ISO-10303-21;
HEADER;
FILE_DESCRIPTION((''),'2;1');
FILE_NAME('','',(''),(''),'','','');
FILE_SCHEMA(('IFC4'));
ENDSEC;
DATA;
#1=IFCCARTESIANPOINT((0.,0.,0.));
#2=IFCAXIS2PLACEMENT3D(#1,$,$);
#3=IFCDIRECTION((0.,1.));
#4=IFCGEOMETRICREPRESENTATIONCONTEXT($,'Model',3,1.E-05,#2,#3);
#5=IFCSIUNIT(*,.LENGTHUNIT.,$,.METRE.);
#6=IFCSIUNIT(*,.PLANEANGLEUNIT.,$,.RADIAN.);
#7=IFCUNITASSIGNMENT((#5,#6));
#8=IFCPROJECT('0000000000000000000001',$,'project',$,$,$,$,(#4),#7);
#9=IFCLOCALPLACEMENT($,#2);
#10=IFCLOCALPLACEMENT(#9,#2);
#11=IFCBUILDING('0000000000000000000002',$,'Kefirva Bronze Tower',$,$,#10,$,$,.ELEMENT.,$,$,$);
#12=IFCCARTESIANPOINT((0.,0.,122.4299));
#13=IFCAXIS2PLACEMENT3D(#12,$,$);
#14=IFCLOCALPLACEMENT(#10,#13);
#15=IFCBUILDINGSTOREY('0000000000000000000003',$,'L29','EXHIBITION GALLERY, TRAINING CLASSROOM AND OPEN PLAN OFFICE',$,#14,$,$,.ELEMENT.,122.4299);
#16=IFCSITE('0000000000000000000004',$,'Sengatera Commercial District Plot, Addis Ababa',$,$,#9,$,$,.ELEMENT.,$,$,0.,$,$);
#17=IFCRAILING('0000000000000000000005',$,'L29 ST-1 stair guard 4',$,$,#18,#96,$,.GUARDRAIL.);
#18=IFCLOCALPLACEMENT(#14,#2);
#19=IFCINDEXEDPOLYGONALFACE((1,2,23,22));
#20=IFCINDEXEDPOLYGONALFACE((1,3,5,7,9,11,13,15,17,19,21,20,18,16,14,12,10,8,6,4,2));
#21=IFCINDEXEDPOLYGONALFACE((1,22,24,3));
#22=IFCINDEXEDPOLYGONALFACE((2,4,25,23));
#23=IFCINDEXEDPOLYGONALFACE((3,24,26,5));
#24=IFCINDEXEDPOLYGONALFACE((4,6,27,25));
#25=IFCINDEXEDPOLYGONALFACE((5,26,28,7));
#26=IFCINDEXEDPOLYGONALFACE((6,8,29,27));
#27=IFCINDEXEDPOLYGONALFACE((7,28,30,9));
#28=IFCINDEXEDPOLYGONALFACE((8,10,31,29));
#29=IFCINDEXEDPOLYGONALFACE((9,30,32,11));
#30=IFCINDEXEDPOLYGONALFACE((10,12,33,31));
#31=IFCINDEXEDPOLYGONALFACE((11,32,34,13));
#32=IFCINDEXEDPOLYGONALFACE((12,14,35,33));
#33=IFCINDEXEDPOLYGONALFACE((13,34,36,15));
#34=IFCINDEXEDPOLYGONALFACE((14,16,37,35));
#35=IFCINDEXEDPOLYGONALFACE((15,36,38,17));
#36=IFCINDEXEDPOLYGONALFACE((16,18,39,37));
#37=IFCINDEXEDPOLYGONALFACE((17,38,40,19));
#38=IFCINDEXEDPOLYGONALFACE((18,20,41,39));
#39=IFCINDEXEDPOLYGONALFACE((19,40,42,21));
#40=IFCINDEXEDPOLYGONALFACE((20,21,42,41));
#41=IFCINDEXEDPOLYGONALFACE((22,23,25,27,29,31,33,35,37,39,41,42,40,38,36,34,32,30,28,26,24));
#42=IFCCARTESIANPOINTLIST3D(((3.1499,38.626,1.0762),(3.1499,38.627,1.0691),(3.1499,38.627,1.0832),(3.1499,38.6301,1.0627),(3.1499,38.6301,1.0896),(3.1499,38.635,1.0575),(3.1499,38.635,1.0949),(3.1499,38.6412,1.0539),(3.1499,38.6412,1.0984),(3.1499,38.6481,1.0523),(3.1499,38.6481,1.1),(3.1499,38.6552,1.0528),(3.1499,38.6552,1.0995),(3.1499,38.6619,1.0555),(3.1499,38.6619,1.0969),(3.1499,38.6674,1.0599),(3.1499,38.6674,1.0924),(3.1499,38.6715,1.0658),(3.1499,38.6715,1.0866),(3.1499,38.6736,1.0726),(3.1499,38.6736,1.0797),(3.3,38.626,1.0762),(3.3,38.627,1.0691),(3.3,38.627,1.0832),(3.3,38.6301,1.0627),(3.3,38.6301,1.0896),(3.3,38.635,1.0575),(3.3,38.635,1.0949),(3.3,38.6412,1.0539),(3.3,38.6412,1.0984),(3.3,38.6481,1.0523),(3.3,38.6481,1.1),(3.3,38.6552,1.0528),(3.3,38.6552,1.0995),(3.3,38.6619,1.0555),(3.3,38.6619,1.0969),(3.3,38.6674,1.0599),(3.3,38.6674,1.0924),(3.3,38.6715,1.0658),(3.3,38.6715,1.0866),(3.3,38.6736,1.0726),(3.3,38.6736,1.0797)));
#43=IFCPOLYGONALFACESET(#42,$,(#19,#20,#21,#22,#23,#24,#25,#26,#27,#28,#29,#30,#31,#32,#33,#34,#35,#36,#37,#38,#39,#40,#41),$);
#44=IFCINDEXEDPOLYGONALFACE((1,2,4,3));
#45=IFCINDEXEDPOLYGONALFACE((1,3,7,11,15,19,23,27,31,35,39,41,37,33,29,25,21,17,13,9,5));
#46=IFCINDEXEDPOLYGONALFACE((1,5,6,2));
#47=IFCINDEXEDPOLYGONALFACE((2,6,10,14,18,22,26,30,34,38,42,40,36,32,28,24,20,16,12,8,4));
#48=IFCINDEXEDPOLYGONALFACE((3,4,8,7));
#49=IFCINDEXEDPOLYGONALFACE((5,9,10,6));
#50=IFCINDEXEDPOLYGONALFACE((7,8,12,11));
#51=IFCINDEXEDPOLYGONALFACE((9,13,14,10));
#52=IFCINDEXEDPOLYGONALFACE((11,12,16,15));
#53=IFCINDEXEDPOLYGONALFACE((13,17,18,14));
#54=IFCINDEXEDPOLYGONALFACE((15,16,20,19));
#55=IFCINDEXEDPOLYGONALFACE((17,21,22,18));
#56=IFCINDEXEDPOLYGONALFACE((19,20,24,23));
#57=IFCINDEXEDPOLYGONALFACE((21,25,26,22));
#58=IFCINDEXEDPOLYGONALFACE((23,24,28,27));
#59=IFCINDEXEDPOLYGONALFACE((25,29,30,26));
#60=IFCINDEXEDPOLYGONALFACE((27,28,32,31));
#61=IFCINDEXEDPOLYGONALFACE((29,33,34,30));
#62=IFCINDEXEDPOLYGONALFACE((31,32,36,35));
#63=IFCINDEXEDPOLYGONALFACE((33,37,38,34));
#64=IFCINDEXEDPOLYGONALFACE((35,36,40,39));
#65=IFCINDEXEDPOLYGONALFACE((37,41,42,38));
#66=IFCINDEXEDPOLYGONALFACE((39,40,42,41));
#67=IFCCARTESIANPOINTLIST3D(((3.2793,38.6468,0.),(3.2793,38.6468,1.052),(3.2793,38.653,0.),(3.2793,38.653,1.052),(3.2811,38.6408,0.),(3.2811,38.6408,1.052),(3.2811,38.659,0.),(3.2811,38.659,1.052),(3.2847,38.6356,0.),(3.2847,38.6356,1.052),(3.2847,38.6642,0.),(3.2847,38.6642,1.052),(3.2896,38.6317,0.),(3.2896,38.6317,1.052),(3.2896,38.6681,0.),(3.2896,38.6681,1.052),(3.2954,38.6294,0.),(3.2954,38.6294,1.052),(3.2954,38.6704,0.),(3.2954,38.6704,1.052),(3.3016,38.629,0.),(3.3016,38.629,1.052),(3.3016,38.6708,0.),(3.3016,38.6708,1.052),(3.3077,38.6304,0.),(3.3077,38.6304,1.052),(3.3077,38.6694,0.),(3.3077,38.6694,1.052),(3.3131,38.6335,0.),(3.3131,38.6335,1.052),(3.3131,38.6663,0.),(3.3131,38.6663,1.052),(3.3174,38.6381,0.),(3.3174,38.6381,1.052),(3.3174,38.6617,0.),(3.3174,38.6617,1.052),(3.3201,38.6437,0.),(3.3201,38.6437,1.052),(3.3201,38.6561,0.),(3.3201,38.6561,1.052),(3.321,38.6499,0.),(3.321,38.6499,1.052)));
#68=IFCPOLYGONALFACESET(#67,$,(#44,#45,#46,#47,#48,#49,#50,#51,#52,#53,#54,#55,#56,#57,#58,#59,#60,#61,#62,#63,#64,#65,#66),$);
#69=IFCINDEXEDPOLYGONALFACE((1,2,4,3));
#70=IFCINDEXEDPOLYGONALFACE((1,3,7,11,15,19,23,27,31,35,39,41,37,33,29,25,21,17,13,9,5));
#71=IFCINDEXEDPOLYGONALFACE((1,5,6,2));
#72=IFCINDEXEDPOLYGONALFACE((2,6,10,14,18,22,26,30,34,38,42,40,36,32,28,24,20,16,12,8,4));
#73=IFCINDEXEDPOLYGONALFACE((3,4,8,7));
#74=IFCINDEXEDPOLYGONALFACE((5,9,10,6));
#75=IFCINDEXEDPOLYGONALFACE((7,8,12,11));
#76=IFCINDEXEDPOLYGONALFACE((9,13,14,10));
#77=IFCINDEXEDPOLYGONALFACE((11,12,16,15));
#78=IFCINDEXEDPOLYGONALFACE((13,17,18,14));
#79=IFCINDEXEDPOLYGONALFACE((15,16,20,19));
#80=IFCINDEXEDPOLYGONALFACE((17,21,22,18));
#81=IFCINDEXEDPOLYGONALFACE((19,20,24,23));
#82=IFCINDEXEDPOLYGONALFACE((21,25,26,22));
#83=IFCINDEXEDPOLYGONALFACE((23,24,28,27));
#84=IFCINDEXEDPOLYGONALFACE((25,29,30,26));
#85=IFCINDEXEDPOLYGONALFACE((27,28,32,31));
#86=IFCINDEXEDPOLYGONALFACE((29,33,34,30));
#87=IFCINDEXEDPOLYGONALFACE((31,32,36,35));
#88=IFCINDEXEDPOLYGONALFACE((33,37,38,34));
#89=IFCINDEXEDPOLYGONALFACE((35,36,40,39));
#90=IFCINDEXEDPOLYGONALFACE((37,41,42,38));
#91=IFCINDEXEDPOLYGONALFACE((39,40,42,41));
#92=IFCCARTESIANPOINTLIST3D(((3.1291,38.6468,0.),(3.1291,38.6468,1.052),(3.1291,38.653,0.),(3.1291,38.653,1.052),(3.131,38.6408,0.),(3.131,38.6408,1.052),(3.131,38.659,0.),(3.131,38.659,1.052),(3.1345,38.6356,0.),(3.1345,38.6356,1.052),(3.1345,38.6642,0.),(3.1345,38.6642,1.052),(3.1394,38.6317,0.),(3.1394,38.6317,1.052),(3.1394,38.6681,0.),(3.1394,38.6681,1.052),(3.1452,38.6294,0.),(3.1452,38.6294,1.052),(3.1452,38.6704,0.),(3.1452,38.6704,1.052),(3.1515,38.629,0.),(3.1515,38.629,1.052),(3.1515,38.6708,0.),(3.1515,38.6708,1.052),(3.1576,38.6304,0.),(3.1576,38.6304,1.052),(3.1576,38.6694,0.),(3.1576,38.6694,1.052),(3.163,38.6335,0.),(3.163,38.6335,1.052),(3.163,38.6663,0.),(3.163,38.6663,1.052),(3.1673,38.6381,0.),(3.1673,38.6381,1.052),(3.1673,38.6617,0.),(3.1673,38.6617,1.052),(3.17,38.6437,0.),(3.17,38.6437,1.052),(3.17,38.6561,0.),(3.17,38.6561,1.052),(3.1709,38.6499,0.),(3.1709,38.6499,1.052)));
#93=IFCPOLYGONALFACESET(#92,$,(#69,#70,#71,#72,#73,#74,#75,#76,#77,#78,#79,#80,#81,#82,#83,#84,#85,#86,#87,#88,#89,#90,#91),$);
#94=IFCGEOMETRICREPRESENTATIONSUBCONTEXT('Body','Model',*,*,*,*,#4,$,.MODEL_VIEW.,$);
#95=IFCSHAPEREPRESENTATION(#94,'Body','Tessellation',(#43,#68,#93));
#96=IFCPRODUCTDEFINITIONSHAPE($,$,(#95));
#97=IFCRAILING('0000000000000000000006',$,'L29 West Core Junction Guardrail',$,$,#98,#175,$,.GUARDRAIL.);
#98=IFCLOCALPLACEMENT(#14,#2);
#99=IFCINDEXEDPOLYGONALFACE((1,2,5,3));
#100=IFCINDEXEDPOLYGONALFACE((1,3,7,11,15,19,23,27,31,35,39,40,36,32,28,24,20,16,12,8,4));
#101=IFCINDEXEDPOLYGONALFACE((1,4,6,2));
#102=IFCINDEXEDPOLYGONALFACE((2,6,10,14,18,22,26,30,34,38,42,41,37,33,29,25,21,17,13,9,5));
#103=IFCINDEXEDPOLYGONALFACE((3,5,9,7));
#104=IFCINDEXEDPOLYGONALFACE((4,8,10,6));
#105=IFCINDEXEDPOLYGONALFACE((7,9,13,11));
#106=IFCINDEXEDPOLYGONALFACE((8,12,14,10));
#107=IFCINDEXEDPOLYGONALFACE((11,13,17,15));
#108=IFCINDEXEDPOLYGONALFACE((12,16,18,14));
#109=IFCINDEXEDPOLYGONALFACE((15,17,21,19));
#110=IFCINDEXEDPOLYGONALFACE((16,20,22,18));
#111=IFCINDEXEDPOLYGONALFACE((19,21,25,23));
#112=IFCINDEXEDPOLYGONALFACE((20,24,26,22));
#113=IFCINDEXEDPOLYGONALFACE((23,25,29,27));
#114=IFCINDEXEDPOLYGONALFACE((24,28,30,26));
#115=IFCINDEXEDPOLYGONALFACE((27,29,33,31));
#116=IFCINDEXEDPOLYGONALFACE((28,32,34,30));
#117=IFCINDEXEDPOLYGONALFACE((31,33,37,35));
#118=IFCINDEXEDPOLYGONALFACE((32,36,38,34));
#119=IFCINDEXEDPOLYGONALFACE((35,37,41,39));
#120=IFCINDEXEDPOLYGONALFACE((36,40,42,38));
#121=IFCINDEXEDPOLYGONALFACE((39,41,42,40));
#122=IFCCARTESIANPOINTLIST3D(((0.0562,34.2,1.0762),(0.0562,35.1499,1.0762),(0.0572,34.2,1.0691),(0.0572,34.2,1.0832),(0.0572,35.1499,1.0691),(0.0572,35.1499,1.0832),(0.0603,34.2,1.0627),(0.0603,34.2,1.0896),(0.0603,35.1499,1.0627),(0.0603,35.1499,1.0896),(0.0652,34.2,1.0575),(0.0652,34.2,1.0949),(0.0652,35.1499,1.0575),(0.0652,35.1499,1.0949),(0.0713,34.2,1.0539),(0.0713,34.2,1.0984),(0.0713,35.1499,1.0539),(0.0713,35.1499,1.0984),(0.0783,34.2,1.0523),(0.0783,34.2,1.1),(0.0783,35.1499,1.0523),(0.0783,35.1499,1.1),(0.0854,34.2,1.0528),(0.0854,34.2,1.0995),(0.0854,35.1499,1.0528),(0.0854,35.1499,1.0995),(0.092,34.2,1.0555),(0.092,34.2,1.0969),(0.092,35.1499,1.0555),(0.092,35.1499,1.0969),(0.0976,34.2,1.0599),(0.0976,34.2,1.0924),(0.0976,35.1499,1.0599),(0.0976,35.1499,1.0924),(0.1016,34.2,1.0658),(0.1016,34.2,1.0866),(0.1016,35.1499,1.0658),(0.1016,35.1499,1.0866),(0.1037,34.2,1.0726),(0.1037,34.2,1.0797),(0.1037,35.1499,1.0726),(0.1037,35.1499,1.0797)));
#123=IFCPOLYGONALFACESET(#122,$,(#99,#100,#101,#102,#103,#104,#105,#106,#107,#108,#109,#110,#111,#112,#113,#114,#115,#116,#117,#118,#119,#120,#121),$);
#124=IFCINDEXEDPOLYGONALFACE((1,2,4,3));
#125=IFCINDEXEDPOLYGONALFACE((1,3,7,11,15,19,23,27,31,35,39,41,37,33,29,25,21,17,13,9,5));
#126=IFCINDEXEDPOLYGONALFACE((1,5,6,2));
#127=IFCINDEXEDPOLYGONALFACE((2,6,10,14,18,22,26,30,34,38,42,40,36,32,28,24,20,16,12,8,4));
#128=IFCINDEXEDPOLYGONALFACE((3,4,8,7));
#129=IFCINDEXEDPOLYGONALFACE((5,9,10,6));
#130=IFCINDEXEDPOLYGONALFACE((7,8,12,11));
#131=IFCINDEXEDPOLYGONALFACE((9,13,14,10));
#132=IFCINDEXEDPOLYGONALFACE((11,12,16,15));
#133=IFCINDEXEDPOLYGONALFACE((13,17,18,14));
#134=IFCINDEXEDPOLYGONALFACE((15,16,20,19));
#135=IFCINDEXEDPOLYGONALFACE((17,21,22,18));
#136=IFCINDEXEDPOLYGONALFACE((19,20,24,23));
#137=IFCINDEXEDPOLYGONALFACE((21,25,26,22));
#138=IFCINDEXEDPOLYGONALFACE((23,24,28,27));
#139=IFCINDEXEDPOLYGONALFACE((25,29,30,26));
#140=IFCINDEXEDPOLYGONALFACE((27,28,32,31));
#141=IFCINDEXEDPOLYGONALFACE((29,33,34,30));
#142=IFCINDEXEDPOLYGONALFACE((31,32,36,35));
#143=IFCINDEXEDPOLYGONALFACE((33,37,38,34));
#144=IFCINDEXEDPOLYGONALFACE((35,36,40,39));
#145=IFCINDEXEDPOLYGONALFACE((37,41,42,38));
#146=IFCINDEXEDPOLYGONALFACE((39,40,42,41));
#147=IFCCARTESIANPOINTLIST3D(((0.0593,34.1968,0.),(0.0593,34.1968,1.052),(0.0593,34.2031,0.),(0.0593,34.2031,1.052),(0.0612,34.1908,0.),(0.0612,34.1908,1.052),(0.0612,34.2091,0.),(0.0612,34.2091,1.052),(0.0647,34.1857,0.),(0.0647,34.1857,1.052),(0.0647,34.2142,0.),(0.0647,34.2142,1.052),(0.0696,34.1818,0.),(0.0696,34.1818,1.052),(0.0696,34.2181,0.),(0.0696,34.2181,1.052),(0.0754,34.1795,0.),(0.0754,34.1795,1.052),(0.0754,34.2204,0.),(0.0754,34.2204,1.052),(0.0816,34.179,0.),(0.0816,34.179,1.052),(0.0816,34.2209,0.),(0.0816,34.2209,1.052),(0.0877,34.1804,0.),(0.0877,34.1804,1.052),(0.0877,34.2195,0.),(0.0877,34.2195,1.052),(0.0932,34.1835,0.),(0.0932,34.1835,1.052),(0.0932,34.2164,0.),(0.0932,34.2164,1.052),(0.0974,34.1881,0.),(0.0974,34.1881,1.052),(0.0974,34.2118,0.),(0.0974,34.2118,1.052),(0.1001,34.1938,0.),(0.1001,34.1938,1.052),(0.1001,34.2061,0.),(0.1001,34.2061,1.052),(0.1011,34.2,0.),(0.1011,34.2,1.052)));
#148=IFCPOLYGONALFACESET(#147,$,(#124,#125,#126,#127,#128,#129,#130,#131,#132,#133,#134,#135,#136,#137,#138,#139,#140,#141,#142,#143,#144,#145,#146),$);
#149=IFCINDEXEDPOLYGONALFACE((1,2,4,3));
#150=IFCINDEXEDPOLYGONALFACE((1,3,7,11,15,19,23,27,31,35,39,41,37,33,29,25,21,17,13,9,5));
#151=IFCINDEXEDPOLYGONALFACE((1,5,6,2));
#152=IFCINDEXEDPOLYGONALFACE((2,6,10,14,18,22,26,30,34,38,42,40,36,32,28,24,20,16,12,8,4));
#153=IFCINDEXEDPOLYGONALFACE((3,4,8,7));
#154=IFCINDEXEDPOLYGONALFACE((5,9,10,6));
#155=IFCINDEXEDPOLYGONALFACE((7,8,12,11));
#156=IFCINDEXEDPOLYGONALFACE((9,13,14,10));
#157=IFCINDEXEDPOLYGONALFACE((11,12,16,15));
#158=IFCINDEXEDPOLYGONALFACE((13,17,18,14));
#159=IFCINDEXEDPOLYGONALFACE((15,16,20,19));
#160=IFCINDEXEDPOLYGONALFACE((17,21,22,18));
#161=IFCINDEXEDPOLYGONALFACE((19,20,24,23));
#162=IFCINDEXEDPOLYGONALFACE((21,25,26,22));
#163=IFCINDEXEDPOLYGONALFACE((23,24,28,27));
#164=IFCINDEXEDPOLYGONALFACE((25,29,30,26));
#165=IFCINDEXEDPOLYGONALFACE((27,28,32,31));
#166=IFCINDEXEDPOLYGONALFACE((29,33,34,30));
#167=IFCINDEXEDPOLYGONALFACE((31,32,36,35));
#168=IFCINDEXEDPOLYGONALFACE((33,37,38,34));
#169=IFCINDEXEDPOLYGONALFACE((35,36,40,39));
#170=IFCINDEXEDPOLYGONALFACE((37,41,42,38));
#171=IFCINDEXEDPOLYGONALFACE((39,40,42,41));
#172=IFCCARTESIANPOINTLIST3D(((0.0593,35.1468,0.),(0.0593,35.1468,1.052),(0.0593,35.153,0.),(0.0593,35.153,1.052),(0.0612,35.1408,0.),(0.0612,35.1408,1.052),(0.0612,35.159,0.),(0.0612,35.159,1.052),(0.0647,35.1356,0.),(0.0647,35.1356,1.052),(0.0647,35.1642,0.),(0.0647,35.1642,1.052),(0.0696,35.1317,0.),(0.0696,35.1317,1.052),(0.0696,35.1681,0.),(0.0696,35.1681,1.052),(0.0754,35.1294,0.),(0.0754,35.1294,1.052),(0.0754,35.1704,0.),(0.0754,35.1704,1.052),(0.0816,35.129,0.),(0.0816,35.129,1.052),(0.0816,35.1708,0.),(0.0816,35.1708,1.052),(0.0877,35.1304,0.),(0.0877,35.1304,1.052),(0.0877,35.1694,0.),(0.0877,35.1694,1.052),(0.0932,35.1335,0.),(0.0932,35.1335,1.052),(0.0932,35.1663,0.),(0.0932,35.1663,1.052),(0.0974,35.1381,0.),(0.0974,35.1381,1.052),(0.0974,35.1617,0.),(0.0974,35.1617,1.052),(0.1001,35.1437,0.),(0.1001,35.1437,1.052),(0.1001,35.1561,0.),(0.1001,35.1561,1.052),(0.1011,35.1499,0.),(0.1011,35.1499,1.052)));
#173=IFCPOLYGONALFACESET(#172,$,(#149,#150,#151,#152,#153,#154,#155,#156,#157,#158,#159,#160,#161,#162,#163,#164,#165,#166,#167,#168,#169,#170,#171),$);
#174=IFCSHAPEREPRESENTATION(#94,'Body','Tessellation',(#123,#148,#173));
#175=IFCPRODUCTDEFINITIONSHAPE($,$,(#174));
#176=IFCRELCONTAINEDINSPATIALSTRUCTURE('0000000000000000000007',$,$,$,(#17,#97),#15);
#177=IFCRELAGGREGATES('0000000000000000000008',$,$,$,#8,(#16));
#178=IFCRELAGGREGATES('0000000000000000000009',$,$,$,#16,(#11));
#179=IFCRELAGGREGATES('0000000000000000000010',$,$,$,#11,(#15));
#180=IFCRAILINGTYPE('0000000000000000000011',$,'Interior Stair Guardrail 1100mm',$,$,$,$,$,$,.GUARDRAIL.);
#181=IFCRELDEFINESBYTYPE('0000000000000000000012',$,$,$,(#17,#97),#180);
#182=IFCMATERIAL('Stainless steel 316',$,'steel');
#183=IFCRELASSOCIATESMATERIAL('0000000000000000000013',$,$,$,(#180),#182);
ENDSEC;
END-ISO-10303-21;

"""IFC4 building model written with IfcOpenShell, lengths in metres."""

from ifc_helpers import new_model, si_unit, direction, frame, origin, origin_2d, place, context, subcontext, project, spatial, circle, extrude, material, type_object, element, save


model = new_model("IFC4")

# Units and contexts
model_context = context("Model", 3, precision=1e-05, world=origin(), true_north=direction((0.0, 1.0)))
body_context = subcontext(model_context, "Body", "Model", "MODEL_VIEW")
ifc_project = project(units=[si_unit("LENGTHUNIT", "METRE"), si_unit("PLANEANGLEUNIT", "RADIAN")], contexts=[model_context])

# Site, building, storey
site_placement = place(None, origin())
site = spatial("IfcSite", under=ifc_project, at=site_placement, Name="Sengatera Commercial District Plot, Addis Ababa", CompositionType="ELEMENT", RefElevation=0.0)
building_placement = place(site_placement, origin())
building = spatial("IfcBuilding", under=site, at=building_placement, Name="Kefirva Bronze Tower", CompositionType="ELEMENT")
storey_placement = place(building_placement, frame((0.0, 0.0, 122.4299)))
storey = spatial("IfcBuildingStorey", under=building, at=storey_placement, Name="L29", Description="EXHIBITION GALLERY, TRAINING CLASSROOM AND OPEN PLAN OFFICE", CompositionType="ELEMENT", Elevation=122.4299)

# Railings
ifc_material_1 = material(Name="Stainless steel 316", Category="steel")
railing_type_1 = type_object("IfcRailingType", Name="Interior Stair Guardrail 1100mm", PredefinedType="GUARDRAIL", material=ifc_material_1)
railing_1_placement = place(storey_placement, frame((3.3, 38.6499, 0.0)))
element("IfcRailing", 1, at=railing_1_placement, inside=storey, type_object=railing_type_1, Name="L29 ST-1 stair guard 4", PredefinedType="GUARDRAIL", context=body_context, shape_type="SweptSolid", body=[
    extrude(circle(Radius=0.0239, at=origin_2d()), frame((0.0, 0.0, 1.0762), z_axis=(-1.0, 0.0, 0.0), x_axis=(0.0, -1.0, 0.0)), (0.0, 0.0, 1.0), 0.1501),
    extrude(circle(Radius=0.021, at=origin_2d()), origin(), (0.0, 0.0, 1.0), 1.052),
    extrude(circle(Radius=0.021, at=origin_2d()), frame((-0.1501, 0.0, 0.0)), (0.0, 0.0, 1.0), 1.052),
])
railing_2_placement = place(storey_placement, frame((0.0801, 34.2, 0.0)))
element("IfcRailing", 2, at=railing_2_placement, inside=storey, type_object=railing_type_1, Name="L29 West Core Junction Guardrail", PredefinedType="GUARDRAIL", context=body_context, shape_type="SweptSolid", body=[
    extrude(circle(Radius=0.0239, at=origin_2d()), frame((0.0, 0.0, 1.0762), z_axis=(0.0, 1.0, 0.0), x_axis=(-1.0, 0.0, 0.0)), (0.0, 0.0, 1.0), 0.95),
    extrude(circle(Radius=0.021, at=origin_2d()), origin(), (0.0, 0.0, 1.0), 1.052),
    extrude(circle(Radius=0.021, at=origin_2d()), frame((0.0, 0.95, 0.0)), (0.0, 0.0, 1.0), 1.052),
])

save(model, "model.ifc")
